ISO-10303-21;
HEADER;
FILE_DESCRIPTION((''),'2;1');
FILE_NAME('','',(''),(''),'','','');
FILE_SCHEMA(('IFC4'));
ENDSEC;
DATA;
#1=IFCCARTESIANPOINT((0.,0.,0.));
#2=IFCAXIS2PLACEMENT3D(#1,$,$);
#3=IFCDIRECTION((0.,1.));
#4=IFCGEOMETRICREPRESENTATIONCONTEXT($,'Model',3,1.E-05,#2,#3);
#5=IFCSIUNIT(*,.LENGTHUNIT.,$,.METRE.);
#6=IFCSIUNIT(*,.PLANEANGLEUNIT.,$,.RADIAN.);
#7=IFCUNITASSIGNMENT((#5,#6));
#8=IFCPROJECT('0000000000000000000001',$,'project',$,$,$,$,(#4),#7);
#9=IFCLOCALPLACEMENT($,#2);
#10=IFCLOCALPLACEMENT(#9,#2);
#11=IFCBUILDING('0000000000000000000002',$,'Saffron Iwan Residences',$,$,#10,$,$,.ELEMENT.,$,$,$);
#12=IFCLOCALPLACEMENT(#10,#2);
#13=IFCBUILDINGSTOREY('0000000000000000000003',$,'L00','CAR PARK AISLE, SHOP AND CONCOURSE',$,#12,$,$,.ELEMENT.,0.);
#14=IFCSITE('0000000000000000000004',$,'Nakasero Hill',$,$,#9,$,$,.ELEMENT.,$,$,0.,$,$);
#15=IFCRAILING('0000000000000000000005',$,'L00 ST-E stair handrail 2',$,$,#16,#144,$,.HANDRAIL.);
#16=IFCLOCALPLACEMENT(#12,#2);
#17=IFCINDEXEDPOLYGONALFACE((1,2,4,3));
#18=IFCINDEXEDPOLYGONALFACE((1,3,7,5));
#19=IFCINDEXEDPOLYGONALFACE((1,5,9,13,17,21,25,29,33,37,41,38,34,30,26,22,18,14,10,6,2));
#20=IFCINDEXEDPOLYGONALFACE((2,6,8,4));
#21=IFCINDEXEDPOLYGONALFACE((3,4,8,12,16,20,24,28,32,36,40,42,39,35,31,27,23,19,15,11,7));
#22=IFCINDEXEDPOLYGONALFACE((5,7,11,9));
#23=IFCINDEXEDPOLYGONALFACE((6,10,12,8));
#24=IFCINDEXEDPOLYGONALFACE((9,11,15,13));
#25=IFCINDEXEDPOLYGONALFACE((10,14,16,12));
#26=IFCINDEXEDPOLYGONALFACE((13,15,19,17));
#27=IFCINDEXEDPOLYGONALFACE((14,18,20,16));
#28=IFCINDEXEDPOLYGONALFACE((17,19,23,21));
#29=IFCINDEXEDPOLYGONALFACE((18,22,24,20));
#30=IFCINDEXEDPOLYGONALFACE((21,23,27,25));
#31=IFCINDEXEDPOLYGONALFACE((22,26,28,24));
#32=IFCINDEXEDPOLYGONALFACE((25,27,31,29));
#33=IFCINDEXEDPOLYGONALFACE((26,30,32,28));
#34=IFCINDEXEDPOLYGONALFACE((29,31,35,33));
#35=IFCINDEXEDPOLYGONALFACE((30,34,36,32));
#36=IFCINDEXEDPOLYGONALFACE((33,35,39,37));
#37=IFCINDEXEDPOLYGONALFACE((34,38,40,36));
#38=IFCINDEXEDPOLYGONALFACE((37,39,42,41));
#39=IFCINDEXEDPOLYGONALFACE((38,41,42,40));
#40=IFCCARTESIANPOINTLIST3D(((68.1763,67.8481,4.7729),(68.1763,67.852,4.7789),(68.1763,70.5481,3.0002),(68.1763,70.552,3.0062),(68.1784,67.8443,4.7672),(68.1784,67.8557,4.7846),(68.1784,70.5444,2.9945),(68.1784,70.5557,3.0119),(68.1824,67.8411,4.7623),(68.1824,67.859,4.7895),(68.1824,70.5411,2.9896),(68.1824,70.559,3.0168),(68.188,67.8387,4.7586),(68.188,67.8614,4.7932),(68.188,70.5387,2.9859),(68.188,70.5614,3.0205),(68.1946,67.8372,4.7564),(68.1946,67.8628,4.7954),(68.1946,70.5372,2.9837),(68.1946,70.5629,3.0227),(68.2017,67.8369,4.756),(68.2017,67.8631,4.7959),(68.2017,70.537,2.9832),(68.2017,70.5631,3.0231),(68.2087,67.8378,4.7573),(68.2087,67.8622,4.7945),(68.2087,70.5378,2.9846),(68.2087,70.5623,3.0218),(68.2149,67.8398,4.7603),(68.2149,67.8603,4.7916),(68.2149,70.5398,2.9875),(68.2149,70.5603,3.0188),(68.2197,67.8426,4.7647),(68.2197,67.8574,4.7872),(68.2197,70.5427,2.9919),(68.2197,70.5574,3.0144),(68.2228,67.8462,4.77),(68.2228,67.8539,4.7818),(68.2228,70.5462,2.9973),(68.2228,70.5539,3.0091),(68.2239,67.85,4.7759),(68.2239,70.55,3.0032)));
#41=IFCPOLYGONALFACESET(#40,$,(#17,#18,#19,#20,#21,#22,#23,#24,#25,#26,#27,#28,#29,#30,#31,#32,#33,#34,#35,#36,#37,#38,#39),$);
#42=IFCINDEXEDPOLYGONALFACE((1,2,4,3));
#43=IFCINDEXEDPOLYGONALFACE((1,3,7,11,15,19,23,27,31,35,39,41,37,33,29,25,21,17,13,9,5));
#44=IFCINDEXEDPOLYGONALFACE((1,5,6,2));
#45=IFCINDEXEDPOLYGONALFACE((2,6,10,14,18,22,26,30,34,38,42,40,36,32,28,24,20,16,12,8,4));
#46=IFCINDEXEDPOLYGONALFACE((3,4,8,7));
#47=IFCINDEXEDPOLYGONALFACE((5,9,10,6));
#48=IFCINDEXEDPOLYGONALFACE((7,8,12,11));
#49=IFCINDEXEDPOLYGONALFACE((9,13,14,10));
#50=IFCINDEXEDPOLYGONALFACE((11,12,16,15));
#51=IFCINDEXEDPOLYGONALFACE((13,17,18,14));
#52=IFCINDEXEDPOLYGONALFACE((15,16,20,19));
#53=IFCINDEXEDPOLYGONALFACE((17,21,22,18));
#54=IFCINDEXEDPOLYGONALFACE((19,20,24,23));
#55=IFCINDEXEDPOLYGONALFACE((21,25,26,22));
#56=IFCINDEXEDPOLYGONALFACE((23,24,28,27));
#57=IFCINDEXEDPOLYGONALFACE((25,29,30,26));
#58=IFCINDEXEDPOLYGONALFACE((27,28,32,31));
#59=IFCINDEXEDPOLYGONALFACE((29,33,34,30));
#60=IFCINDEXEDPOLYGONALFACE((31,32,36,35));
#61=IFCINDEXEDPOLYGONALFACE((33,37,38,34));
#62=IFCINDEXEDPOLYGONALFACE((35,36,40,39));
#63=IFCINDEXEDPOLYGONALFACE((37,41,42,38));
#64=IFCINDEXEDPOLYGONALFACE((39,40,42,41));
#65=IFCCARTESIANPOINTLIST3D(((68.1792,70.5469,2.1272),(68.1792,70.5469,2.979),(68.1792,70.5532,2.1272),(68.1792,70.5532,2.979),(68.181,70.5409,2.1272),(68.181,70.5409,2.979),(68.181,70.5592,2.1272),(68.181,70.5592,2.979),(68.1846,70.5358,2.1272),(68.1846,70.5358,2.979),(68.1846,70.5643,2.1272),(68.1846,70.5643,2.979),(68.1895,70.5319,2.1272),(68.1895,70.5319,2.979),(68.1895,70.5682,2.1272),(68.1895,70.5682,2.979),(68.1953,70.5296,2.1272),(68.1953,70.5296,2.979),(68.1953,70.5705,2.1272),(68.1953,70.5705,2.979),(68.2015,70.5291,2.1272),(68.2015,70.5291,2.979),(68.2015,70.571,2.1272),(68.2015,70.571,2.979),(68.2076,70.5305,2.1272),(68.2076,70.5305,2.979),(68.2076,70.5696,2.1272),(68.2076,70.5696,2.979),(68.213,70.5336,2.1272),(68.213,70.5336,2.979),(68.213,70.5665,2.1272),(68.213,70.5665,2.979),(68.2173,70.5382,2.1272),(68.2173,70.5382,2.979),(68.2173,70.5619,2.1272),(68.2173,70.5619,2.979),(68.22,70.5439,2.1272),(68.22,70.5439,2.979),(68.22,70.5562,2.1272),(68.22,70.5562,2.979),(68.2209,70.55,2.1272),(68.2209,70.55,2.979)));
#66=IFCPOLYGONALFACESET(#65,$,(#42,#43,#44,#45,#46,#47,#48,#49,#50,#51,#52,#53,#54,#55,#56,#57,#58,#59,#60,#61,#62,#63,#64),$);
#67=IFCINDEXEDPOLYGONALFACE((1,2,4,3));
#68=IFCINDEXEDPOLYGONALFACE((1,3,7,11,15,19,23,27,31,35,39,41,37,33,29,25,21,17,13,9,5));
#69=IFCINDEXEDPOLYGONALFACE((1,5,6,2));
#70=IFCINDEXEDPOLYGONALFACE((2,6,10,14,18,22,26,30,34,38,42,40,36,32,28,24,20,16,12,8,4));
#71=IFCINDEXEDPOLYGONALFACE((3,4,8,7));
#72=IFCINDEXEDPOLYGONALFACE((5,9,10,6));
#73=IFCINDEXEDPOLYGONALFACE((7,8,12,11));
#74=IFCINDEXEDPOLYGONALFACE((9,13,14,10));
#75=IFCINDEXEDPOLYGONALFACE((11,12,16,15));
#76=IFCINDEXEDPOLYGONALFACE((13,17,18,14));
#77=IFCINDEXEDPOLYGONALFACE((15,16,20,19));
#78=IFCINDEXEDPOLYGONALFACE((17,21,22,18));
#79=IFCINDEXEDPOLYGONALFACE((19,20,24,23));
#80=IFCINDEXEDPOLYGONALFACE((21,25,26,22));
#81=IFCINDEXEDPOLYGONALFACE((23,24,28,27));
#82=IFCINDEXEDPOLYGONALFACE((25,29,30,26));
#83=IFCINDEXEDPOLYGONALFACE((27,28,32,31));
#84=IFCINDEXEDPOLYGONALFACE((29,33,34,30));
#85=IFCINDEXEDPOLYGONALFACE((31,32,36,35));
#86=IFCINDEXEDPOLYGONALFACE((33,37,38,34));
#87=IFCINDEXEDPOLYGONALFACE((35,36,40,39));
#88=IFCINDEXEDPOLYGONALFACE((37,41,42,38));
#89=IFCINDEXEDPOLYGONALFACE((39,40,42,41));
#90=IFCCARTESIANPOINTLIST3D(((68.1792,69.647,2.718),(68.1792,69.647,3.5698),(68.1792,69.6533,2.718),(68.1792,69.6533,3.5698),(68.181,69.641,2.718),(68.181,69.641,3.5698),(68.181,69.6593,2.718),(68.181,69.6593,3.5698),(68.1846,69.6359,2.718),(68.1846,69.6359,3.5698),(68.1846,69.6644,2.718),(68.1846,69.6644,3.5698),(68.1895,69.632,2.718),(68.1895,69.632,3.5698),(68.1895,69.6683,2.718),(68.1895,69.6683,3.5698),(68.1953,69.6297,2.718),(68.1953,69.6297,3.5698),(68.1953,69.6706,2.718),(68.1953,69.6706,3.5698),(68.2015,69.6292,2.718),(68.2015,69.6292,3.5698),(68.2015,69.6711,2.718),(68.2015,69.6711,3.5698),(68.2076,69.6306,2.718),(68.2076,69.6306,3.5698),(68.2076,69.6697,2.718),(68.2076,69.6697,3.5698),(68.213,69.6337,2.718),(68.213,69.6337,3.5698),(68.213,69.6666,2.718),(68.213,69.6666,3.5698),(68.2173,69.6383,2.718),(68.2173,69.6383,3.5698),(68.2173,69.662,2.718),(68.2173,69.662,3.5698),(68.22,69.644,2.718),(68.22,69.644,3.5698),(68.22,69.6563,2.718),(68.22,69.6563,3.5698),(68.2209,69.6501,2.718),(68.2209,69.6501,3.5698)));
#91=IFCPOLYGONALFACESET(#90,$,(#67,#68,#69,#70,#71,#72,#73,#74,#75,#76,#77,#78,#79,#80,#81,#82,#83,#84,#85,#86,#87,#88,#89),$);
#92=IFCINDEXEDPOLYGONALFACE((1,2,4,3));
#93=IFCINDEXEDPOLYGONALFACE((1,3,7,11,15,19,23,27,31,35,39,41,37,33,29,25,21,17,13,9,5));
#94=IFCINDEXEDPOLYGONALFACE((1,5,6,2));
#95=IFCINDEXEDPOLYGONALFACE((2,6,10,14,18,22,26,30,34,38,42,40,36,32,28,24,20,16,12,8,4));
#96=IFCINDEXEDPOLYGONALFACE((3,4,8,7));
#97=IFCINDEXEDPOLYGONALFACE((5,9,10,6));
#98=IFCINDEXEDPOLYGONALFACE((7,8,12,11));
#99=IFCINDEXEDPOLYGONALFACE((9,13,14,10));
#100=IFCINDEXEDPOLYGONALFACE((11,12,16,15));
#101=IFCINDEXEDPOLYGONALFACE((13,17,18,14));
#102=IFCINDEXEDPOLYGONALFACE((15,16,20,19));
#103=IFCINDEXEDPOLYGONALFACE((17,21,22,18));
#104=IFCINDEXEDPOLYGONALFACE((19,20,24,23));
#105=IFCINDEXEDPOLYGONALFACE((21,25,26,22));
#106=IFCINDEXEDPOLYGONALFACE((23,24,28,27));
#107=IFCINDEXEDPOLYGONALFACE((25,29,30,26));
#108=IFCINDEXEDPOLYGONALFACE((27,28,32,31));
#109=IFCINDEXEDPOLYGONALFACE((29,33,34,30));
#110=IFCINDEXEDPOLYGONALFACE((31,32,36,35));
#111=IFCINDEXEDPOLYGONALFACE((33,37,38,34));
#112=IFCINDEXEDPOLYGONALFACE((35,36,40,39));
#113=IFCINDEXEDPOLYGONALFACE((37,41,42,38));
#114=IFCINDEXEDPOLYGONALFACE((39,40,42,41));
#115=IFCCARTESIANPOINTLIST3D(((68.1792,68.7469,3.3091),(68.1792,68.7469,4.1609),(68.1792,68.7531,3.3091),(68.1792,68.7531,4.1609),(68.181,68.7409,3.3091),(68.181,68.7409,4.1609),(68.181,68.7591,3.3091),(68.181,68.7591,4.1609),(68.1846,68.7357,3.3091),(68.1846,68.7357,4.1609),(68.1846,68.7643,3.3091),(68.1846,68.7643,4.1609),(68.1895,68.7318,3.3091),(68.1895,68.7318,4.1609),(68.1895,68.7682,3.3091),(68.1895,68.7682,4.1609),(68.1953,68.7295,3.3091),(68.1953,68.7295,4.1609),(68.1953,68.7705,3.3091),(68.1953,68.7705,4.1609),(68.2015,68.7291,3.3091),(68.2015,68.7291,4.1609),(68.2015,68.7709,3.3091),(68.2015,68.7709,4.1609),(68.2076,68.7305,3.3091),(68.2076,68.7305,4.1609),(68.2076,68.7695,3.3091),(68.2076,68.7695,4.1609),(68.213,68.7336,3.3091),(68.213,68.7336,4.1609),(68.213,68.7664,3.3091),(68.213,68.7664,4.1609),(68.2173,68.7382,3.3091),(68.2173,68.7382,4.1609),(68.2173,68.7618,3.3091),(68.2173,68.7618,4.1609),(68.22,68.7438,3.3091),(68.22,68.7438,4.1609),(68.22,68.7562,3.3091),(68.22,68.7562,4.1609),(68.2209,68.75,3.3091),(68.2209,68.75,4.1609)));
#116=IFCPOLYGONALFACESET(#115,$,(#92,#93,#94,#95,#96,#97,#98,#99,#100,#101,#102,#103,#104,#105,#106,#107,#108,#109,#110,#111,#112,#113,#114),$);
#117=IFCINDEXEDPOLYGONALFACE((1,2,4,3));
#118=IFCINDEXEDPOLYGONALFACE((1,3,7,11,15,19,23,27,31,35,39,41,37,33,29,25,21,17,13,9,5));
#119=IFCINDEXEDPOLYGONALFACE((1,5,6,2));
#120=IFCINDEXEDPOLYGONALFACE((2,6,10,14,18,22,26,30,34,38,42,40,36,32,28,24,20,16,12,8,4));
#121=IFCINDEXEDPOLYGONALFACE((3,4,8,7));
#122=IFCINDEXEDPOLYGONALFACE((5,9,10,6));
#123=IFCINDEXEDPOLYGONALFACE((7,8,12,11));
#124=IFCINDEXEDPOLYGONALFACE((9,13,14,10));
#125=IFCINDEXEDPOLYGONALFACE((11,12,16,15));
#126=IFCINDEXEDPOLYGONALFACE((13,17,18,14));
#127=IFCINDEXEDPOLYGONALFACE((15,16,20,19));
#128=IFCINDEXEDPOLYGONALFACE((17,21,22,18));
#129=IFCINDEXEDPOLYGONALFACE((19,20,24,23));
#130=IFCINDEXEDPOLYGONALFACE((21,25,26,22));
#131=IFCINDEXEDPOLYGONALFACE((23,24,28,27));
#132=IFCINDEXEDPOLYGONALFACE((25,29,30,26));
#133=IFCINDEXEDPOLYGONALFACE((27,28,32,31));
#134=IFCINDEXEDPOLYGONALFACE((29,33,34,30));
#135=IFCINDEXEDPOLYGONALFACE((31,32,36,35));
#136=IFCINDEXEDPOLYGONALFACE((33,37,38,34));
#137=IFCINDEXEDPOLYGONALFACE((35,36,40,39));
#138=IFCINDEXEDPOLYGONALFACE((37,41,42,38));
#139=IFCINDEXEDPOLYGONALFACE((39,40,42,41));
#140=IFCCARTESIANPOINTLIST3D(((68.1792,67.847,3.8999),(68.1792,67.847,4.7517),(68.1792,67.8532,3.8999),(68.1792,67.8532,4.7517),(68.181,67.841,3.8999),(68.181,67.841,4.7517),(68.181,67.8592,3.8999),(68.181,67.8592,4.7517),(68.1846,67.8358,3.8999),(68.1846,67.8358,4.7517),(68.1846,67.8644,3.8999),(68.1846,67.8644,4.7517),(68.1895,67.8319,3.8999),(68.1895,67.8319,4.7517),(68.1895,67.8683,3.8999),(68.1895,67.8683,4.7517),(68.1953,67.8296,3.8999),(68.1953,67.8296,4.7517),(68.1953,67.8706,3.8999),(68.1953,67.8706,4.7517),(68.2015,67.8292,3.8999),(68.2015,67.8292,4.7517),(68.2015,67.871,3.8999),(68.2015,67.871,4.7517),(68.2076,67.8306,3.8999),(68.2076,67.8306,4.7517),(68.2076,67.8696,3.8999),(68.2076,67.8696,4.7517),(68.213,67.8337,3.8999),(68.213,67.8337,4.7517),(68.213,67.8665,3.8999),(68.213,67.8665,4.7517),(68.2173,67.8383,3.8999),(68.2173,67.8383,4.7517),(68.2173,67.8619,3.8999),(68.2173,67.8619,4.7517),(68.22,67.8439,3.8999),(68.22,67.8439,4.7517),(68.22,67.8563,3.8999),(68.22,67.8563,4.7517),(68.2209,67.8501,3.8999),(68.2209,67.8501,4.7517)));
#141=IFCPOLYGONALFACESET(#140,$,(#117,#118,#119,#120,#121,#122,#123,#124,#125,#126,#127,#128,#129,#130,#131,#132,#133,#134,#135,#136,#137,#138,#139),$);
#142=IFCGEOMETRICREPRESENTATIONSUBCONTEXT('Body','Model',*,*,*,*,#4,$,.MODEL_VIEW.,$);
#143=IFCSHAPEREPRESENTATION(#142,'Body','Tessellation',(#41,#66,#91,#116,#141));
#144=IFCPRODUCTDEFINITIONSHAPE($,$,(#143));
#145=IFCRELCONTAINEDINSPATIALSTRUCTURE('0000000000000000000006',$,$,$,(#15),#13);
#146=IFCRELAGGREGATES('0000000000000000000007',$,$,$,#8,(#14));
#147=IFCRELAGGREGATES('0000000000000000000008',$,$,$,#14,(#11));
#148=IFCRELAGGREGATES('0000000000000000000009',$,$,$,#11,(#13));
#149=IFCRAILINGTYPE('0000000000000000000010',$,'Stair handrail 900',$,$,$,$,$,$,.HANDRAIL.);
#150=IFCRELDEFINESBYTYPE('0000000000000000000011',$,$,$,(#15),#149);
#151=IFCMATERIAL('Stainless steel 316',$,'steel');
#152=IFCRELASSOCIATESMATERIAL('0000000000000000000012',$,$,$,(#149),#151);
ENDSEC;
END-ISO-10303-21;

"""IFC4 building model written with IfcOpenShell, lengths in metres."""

from ifc_helpers import new_model, si_unit, direction, frame, origin, origin_2d, place, context, subcontext, project, spatial, circle, extrude, material, type_object, element, save


model = new_model("IFC4")

# Units and contexts
model_context = context("Model", 3, precision=1e-05, world=origin(), true_north=direction((0.0, 1.0)))
body_context = subcontext(model_context, "Body", "Model", "MODEL_VIEW")
ifc_project = project(units=[si_unit("LENGTHUNIT", "METRE"), si_unit("PLANEANGLEUNIT", "RADIAN")], contexts=[model_context])

# Site, building, storey
site_placement = place(None, origin())
site = spatial("IfcSite", under=ifc_project, at=site_placement, Name="Nakasero Hill", CompositionType="ELEMENT", RefElevation=0.0)
building_placement = place(site_placement, origin())
building = spatial("IfcBuilding", under=site, at=building_placement, Name="Saffron Iwan Residences", CompositionType="ELEMENT")
storey_placement = place(building_placement, origin())
storey = spatial("IfcBuildingStorey", under=building, at=storey_placement, Name="L00", Description="CAR PARK AISLE, SHOP AND CONCOURSE", CompositionType="ELEMENT", Elevation=0.0)

# Railing
ifc_material_1 = material(Name="Stainless steel 316", Category="steel")
railing_type_1 = type_object("IfcRailingType", Name="Stair handrail 900", PredefinedType="HANDRAIL", material=ifc_material_1)
for number, where, name in (
    (1, (68.2, 70.55, 2.1272), "L00 ST-E stair handrail 2"),
):
    element("IfcRailing", number, at=place(storey_placement, frame(where)), inside=storey, type_object=railing_type_1, Name=name, PredefinedType="HANDRAIL", context=body_context, shape_type="SweptSolid", body=[
        extrude(circle(Radius=0.0239, at=origin_2d()), frame((0.0, 0.0, 0.876), z_axis=(0.0, -0.835925, 0.548843), x_axis=(1.0, 0.0, 0.0)), (0.0, 0.0, 1.0), 3.23),
        extrude(circle(Radius=0.021, at=origin_2d()), origin(), (0.0, 0.0, 1.0), 0.8518),
        extrude(circle(Radius=0.021, at=origin_2d()), frame((0.0, -0.8999, 0.5908)), (0.0, 0.0, 1.0), 0.8518),
        extrude(circle(Radius=0.021, at=origin_2d()), frame((0.0, -1.8, 1.1819)), (0.0, 0.0, 1.0), 0.8518),
        extrude(circle(Radius=0.021, at=origin_2d()), frame((0.0, -2.7, 1.7727)), (0.0, 0.0, 1.0), 0.8518),
    ])

save(model, "model.ifc")
